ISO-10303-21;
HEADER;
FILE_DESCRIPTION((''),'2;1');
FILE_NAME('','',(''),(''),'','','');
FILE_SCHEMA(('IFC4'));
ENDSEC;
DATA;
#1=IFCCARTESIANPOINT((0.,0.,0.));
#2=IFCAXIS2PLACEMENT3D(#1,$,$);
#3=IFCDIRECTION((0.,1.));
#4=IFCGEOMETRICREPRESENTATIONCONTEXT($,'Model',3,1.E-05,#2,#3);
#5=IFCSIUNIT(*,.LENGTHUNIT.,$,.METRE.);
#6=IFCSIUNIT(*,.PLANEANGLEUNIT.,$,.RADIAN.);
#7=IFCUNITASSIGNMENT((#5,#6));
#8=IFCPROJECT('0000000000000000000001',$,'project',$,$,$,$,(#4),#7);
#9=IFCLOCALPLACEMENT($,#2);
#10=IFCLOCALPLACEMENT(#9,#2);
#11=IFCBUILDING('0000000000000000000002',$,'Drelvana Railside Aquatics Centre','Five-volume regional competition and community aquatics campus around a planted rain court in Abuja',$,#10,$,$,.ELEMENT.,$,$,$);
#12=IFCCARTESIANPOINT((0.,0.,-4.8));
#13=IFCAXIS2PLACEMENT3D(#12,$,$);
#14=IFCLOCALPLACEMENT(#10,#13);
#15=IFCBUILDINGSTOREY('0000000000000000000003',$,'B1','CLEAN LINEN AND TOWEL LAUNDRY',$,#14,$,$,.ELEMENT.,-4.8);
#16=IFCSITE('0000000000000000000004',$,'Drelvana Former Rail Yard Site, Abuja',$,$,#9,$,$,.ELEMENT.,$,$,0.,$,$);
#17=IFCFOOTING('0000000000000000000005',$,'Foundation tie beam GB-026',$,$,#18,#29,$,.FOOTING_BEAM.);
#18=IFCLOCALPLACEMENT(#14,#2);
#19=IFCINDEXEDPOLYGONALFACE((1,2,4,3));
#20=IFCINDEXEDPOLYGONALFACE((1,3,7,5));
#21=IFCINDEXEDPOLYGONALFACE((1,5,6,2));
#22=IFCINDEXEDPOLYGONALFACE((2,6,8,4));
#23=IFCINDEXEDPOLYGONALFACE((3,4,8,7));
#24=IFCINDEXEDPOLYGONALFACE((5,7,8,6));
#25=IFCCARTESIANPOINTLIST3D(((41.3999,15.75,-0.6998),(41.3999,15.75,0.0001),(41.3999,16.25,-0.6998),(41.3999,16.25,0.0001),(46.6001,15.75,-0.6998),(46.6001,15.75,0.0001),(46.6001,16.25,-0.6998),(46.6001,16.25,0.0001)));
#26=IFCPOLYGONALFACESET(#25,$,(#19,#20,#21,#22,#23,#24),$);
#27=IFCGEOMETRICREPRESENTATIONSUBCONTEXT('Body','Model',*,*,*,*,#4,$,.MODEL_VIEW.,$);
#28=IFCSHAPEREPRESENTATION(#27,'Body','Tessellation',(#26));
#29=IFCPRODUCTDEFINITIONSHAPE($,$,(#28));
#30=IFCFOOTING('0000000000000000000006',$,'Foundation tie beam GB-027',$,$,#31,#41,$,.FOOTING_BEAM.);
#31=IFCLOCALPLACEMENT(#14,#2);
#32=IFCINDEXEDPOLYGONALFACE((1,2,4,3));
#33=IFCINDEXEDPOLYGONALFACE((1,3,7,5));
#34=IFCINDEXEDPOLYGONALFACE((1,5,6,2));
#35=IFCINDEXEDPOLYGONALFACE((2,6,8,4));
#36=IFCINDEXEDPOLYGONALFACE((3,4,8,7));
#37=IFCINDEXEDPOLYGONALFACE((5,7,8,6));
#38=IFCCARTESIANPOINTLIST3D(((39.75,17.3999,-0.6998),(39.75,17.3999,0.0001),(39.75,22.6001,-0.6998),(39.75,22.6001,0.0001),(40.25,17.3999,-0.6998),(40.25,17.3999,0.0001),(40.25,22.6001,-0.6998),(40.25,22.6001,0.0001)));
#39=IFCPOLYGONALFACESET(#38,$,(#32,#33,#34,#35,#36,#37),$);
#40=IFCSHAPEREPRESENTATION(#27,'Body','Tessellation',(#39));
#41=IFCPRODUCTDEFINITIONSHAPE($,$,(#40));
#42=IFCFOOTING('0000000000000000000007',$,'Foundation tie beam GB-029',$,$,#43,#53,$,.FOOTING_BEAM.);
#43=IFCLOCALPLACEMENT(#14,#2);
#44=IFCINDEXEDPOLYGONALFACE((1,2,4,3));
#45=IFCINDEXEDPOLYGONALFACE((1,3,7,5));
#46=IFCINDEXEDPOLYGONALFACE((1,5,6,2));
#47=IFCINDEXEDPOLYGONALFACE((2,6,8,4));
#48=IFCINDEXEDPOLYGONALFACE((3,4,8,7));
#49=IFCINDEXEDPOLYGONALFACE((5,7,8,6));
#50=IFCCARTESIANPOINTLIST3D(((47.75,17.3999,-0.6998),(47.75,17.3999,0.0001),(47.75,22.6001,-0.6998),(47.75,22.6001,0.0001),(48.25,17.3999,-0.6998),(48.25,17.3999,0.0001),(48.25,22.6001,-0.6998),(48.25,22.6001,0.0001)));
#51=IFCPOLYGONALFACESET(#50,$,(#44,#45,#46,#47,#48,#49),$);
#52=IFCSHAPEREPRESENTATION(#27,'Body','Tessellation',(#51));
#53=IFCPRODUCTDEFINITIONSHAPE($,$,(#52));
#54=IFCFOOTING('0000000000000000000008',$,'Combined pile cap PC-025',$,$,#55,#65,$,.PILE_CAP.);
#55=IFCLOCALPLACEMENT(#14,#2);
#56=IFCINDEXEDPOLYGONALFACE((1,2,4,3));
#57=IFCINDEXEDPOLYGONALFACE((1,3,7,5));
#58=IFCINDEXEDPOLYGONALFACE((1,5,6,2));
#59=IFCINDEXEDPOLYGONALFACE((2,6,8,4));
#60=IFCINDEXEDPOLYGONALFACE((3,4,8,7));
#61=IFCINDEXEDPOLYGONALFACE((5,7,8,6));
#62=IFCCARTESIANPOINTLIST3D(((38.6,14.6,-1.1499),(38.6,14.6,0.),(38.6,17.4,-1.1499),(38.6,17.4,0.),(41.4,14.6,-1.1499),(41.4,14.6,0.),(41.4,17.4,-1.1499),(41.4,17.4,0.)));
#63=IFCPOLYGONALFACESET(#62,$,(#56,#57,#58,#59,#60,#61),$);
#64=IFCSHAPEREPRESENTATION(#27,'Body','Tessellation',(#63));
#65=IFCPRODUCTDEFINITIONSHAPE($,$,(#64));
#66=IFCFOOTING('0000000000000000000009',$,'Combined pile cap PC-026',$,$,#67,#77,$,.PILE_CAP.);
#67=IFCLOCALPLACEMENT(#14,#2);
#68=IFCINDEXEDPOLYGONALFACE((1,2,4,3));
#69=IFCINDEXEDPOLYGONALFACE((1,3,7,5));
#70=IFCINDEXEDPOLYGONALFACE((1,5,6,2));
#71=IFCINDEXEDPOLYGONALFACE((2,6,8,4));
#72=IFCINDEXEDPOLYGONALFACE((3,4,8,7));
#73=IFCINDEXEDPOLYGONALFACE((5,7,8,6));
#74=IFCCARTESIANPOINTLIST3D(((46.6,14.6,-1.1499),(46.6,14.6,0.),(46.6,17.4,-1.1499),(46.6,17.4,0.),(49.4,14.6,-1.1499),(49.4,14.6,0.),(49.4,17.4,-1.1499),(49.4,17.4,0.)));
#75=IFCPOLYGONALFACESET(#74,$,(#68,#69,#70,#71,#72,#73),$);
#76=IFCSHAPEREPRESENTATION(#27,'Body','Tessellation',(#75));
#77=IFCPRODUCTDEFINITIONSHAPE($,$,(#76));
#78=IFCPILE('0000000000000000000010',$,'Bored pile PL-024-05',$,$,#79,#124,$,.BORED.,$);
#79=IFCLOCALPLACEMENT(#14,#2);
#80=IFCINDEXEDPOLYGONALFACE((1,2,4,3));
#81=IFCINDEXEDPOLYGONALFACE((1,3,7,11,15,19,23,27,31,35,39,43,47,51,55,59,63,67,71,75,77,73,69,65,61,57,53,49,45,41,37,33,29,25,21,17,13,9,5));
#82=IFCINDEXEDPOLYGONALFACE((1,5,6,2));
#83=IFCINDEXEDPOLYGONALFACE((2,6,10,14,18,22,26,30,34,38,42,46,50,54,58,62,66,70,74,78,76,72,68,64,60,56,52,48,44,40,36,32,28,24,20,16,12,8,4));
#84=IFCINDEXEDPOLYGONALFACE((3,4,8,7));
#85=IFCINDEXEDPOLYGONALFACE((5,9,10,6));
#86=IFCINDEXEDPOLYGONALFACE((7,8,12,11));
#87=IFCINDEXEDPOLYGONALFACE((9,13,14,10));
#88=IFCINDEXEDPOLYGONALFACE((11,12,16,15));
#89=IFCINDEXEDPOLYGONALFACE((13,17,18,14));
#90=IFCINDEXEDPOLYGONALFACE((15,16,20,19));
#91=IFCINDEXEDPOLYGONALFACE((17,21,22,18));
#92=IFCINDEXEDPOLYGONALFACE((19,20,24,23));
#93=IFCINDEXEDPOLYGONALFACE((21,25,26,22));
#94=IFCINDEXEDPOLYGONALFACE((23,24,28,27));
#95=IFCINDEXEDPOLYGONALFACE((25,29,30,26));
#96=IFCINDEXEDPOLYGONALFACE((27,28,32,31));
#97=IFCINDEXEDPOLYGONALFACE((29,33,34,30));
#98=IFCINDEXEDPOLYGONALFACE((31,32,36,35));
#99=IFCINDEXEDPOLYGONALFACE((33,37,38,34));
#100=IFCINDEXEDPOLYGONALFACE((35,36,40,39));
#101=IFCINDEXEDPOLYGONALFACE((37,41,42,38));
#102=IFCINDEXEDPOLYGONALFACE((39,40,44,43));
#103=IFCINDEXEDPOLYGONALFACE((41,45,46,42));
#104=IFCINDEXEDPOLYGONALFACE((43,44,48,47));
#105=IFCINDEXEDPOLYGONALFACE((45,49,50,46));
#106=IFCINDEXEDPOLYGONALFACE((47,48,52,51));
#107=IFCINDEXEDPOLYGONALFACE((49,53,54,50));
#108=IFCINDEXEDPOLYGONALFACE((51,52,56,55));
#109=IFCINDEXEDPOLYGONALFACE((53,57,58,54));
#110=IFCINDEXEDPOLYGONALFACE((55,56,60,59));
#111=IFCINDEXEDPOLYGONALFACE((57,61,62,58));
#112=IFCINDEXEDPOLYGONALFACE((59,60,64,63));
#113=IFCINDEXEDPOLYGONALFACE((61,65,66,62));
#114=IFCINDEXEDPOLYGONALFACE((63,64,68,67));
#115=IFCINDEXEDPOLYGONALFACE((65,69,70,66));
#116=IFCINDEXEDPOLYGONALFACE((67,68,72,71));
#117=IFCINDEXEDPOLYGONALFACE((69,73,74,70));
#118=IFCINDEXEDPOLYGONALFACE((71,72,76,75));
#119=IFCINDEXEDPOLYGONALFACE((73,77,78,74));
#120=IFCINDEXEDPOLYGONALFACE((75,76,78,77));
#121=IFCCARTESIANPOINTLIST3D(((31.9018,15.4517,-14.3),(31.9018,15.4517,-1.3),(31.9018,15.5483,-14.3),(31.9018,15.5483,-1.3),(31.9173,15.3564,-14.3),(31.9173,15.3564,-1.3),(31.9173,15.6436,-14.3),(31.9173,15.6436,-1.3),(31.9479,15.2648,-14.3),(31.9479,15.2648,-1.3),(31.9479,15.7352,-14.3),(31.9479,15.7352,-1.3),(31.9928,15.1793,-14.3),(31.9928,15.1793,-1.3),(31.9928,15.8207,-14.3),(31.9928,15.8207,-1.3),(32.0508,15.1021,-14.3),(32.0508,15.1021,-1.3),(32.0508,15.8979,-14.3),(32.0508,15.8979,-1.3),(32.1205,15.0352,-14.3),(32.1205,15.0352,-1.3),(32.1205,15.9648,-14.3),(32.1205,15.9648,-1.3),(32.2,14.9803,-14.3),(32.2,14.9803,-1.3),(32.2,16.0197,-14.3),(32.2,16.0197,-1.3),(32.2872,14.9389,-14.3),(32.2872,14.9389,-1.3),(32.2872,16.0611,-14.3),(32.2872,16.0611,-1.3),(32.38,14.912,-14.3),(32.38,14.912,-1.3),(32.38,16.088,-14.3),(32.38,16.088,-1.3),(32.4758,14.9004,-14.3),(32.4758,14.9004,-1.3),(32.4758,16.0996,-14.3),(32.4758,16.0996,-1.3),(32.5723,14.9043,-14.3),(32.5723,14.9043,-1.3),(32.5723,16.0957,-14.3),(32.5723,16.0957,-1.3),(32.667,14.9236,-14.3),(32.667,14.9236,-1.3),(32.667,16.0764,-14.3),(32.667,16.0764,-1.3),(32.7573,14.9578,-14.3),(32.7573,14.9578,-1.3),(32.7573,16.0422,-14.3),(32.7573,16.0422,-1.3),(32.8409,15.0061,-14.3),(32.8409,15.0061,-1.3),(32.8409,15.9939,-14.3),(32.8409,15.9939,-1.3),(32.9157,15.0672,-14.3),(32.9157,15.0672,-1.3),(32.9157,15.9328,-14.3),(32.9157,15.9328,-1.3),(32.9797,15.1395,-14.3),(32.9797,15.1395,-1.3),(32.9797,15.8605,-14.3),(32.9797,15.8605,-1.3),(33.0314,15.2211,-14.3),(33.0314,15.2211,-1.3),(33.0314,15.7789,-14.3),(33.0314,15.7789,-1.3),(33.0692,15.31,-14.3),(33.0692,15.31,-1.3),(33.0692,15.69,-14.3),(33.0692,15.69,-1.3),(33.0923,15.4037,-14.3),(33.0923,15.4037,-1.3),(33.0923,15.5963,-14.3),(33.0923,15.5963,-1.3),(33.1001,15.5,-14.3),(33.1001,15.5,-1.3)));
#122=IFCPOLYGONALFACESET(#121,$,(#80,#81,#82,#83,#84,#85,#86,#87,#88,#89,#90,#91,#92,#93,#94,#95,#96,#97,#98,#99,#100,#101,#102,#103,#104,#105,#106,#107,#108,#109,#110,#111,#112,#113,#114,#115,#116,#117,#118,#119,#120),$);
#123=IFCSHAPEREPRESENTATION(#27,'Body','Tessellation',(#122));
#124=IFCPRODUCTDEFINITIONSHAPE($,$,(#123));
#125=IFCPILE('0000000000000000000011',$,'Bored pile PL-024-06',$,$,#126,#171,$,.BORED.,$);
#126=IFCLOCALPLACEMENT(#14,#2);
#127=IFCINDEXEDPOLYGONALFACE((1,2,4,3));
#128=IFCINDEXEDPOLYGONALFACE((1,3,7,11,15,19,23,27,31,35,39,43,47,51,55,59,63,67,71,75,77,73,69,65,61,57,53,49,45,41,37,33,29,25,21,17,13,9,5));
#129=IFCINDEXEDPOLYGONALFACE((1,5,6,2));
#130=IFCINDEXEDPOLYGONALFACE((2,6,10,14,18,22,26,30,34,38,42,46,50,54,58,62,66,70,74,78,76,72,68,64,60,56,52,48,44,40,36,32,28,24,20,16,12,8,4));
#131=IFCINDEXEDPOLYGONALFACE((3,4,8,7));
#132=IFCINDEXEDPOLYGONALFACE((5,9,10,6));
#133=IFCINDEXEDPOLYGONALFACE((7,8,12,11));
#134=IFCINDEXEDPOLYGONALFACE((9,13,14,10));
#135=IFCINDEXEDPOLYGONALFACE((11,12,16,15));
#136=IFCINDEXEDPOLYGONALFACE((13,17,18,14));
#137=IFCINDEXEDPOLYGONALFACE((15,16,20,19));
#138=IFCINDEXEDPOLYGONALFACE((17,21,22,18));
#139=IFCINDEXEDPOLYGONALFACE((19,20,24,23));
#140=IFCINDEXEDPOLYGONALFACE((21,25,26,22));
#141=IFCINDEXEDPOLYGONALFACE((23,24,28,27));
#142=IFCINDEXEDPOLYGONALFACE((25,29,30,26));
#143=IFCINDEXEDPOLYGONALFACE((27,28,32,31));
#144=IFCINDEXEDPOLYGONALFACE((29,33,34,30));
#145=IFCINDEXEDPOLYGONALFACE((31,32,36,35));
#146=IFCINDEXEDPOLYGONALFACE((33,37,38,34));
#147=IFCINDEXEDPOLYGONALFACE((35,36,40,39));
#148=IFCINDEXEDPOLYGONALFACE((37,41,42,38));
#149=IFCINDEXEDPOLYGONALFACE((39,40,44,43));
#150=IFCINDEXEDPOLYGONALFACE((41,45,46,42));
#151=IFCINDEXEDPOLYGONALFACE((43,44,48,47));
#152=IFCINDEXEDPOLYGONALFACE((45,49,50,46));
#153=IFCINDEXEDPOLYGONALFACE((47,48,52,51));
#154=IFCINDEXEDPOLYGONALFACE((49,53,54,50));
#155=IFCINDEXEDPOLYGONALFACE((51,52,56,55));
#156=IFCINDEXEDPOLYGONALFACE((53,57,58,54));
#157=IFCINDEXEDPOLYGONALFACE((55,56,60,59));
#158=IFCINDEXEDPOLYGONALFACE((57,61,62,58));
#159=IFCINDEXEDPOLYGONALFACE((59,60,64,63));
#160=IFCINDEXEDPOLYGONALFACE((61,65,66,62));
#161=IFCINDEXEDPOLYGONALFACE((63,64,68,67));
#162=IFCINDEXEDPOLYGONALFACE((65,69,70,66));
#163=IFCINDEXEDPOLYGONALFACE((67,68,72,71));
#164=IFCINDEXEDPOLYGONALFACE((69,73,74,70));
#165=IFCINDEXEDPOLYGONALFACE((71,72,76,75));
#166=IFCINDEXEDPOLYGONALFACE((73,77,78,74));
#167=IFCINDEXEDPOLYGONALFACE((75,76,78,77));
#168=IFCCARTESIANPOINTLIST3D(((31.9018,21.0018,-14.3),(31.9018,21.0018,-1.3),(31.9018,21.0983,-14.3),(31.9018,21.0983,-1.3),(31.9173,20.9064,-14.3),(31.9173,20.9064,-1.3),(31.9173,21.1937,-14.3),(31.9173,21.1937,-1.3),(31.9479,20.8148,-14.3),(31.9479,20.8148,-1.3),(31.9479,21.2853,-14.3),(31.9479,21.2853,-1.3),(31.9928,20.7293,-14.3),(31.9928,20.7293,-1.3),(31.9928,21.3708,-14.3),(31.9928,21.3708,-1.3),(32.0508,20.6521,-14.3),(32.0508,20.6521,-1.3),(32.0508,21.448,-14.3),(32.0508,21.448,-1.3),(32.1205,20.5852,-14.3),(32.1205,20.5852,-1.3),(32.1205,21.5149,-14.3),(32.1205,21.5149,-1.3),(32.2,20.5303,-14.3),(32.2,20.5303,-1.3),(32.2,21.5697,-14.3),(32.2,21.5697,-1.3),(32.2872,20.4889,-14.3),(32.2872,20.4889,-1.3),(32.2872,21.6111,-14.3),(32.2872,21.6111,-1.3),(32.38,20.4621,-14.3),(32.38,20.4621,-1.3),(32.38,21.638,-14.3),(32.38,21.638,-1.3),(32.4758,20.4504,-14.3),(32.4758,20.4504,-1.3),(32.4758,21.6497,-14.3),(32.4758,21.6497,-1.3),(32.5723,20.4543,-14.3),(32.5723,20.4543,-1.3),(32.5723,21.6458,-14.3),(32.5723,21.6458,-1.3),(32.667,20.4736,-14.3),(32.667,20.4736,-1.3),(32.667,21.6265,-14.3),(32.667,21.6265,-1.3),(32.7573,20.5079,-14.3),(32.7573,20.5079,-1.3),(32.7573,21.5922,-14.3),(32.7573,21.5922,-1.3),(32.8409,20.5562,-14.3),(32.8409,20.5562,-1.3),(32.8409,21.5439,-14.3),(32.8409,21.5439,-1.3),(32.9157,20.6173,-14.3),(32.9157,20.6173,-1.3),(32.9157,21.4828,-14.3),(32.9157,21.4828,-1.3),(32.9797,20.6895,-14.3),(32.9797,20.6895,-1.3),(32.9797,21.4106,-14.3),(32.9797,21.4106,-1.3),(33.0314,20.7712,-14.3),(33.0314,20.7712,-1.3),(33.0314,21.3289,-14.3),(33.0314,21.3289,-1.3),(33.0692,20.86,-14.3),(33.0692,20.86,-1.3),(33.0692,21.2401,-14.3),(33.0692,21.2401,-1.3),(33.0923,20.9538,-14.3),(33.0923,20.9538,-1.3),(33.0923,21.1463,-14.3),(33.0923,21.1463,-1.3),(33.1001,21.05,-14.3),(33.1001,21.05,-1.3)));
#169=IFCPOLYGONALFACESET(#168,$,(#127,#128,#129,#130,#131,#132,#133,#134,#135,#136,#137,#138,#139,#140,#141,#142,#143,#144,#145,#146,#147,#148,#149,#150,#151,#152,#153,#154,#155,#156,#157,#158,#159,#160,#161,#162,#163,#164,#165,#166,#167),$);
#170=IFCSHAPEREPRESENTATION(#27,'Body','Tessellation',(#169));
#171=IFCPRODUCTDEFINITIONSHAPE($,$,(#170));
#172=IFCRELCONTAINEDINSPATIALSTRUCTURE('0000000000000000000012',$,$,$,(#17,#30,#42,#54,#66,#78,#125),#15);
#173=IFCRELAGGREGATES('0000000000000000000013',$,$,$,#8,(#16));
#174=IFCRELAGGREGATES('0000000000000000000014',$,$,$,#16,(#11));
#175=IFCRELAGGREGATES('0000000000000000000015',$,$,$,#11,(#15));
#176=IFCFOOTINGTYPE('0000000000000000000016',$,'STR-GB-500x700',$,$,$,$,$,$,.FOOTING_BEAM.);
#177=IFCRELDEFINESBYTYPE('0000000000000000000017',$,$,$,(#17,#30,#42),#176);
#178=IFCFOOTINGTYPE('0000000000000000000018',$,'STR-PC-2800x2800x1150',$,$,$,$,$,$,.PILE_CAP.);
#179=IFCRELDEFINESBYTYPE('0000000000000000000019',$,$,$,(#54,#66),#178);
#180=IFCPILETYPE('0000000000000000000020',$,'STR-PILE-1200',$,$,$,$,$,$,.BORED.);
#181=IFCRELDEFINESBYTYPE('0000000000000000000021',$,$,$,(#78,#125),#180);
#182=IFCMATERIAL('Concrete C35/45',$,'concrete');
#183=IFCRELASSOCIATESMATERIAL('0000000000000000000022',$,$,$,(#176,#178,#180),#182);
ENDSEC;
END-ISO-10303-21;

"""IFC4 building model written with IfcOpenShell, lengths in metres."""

from ifc_helpers import new_model, si_unit, direction, frame, origin, origin_2d, place, context, subcontext, project, spatial, rectangle, circle, extrude, material, material_profile, profile_set, type_object, element, save


model = new_model("IFC4")

# Units and contexts
model_context = context("Model", 3, precision=1e-05, world=origin(), true_north=direction((0.0, 1.0)))
body_context = subcontext(model_context, "Body", "Model", "MODEL_VIEW")
ifc_project = project(units=[si_unit("LENGTHUNIT", "METRE"), si_unit("PLANEANGLEUNIT", "RADIAN")], contexts=[model_context])

# Site, building, storey
site_placement = place(None, origin())
site = spatial("IfcSite", under=ifc_project, at=site_placement, Name="Drelvana Former Rail Yard Site, Abuja", CompositionType="ELEMENT", RefElevation=0.0)
building_placement = place(site_placement, origin())
building = spatial("IfcBuilding", under=site, at=building_placement, Name="Drelvana Railside Aquatics Centre", Description="Five-volume regional competition and community aquatics campus around a planted rain court in Abuja", CompositionType="ELEMENT")
storey_placement = place(building_placement, frame((0.0, 0.0, -4.8)))
storey = spatial("IfcBuildingStorey", under=building, at=storey_placement, Name="B1", Description="CLEAN LINEN AND TOWEL LAUNDRY", CompositionType="ELEMENT", Elevation=-4.8)

# Footings
ifc_material_1 = material(Name="Concrete C35/45", Category="concrete")
ifc_material_profile_1 = material_profile(ifc_material_1, rectangle(XDim=0.5, YDim=0.7, at=origin_2d()), Name="GB 500x700")
ifc_profile_set_1 = profile_set([ifc_material_profile_1], Name="Concrete C35/45")
footing_type_1 = type_object("IfcFootingType", Name="STR-GB-500x700", PredefinedType="FOOTING_BEAM", material=ifc_profile_set_1)
for number, where, z_axis, x_axis, name in (
    (1, (41.3999, 16.0, -0.3499), (1.0, 0.0, 0.0), (0.0, 1.0, 0.0), "Foundation tie beam GB-026"),
    (2, (40.0, 17.3999, -0.3499), (0.0, 1.0, 0.0), (-1.0, 0.0, 0.0), "Foundation tie beam GB-027"),
    (3, (48.0, 17.3999, -0.3499), (0.0, 1.0, 0.0), (-1.0, 0.0, 0.0), "Foundation tie beam GB-029"),
):
    element("IfcFooting", number, at=place(storey_placement, frame(where, z_axis=z_axis, x_axis=x_axis)), inside=storey, type_object=footing_type_1, Name=name, PredefinedType="FOOTING_BEAM", context=body_context, shape_type="SweptSolid", body=[
        extrude(rectangle(XDim=0.5, YDim=0.7, at=origin_2d()), origin(), (0.0, 0.0, 1.0), 5.2002),
    ])
footing_type_2 = type_object("IfcFootingType", Name="STR-PC-2800x2800x1150", PredefinedType="PILE_CAP", material=ifc_material_1)
for number, where, z_axis, x_axis, name in (
    (4, (40.0, 16.0, -1.1499), (0.0, 0.0, 1.0), (1.0, 0.0, 0.0), "Combined pile cap PC-025"),
    (5, (48.0, 16.0, -1.1499), (0.0, 0.0, 1.0), (1.0, 0.0, 0.0), "Combined pile cap PC-026"),
):
    element("IfcFooting", number, at=place(storey_placement, frame(where, z_axis=z_axis, x_axis=x_axis)), inside=storey, type_object=footing_type_2, Name=name, PredefinedType="PILE_CAP", context=body_context, shape_type="SweptSolid", body=[
        extrude(rectangle(XDim=2.8, YDim=2.8, at=origin_2d()), origin(), (0.0, 0.0, 1.0), 1.1499),
    ])

# Piles
ifc_material_profile_2 = material_profile(ifc_material_1, circle(Radius=0.6001, at=origin_2d()), Name="PILE D1200")
ifc_profile_set_2 = profile_set([ifc_material_profile_2], Name="Concrete C35/45")
pile_type_1 = type_object("IfcPileType", Name="STR-PILE-1200", PredefinedType="BORED", material=ifc_profile_set_2)
for number, where, z_axis, x_axis, name in (
    (6, (32.5, 15.5, -1.3), (0.0, 0.0, -1.0), (1.0, 0.0, 0.0), "Bored pile PL-024-05"),
    (7, (32.5, 21.05, -1.3), (0.0, 0.0, -1.0), (1.0, 0.0, 0.0), "Bored pile PL-024-06"),
):
    element("IfcPile", number, at=place(storey_placement, frame(where, z_axis=z_axis, x_axis=x_axis)), inside=storey, type_object=pile_type_1, Name=name, PredefinedType="BORED", context=body_context, shape_type="SweptSolid", body=[
        extrude(circle(Radius=0.6001, at=origin_2d()), origin(), (0.0, 0.0, 1.0), 13.0),
    ])

save(model, "model.ifc")
